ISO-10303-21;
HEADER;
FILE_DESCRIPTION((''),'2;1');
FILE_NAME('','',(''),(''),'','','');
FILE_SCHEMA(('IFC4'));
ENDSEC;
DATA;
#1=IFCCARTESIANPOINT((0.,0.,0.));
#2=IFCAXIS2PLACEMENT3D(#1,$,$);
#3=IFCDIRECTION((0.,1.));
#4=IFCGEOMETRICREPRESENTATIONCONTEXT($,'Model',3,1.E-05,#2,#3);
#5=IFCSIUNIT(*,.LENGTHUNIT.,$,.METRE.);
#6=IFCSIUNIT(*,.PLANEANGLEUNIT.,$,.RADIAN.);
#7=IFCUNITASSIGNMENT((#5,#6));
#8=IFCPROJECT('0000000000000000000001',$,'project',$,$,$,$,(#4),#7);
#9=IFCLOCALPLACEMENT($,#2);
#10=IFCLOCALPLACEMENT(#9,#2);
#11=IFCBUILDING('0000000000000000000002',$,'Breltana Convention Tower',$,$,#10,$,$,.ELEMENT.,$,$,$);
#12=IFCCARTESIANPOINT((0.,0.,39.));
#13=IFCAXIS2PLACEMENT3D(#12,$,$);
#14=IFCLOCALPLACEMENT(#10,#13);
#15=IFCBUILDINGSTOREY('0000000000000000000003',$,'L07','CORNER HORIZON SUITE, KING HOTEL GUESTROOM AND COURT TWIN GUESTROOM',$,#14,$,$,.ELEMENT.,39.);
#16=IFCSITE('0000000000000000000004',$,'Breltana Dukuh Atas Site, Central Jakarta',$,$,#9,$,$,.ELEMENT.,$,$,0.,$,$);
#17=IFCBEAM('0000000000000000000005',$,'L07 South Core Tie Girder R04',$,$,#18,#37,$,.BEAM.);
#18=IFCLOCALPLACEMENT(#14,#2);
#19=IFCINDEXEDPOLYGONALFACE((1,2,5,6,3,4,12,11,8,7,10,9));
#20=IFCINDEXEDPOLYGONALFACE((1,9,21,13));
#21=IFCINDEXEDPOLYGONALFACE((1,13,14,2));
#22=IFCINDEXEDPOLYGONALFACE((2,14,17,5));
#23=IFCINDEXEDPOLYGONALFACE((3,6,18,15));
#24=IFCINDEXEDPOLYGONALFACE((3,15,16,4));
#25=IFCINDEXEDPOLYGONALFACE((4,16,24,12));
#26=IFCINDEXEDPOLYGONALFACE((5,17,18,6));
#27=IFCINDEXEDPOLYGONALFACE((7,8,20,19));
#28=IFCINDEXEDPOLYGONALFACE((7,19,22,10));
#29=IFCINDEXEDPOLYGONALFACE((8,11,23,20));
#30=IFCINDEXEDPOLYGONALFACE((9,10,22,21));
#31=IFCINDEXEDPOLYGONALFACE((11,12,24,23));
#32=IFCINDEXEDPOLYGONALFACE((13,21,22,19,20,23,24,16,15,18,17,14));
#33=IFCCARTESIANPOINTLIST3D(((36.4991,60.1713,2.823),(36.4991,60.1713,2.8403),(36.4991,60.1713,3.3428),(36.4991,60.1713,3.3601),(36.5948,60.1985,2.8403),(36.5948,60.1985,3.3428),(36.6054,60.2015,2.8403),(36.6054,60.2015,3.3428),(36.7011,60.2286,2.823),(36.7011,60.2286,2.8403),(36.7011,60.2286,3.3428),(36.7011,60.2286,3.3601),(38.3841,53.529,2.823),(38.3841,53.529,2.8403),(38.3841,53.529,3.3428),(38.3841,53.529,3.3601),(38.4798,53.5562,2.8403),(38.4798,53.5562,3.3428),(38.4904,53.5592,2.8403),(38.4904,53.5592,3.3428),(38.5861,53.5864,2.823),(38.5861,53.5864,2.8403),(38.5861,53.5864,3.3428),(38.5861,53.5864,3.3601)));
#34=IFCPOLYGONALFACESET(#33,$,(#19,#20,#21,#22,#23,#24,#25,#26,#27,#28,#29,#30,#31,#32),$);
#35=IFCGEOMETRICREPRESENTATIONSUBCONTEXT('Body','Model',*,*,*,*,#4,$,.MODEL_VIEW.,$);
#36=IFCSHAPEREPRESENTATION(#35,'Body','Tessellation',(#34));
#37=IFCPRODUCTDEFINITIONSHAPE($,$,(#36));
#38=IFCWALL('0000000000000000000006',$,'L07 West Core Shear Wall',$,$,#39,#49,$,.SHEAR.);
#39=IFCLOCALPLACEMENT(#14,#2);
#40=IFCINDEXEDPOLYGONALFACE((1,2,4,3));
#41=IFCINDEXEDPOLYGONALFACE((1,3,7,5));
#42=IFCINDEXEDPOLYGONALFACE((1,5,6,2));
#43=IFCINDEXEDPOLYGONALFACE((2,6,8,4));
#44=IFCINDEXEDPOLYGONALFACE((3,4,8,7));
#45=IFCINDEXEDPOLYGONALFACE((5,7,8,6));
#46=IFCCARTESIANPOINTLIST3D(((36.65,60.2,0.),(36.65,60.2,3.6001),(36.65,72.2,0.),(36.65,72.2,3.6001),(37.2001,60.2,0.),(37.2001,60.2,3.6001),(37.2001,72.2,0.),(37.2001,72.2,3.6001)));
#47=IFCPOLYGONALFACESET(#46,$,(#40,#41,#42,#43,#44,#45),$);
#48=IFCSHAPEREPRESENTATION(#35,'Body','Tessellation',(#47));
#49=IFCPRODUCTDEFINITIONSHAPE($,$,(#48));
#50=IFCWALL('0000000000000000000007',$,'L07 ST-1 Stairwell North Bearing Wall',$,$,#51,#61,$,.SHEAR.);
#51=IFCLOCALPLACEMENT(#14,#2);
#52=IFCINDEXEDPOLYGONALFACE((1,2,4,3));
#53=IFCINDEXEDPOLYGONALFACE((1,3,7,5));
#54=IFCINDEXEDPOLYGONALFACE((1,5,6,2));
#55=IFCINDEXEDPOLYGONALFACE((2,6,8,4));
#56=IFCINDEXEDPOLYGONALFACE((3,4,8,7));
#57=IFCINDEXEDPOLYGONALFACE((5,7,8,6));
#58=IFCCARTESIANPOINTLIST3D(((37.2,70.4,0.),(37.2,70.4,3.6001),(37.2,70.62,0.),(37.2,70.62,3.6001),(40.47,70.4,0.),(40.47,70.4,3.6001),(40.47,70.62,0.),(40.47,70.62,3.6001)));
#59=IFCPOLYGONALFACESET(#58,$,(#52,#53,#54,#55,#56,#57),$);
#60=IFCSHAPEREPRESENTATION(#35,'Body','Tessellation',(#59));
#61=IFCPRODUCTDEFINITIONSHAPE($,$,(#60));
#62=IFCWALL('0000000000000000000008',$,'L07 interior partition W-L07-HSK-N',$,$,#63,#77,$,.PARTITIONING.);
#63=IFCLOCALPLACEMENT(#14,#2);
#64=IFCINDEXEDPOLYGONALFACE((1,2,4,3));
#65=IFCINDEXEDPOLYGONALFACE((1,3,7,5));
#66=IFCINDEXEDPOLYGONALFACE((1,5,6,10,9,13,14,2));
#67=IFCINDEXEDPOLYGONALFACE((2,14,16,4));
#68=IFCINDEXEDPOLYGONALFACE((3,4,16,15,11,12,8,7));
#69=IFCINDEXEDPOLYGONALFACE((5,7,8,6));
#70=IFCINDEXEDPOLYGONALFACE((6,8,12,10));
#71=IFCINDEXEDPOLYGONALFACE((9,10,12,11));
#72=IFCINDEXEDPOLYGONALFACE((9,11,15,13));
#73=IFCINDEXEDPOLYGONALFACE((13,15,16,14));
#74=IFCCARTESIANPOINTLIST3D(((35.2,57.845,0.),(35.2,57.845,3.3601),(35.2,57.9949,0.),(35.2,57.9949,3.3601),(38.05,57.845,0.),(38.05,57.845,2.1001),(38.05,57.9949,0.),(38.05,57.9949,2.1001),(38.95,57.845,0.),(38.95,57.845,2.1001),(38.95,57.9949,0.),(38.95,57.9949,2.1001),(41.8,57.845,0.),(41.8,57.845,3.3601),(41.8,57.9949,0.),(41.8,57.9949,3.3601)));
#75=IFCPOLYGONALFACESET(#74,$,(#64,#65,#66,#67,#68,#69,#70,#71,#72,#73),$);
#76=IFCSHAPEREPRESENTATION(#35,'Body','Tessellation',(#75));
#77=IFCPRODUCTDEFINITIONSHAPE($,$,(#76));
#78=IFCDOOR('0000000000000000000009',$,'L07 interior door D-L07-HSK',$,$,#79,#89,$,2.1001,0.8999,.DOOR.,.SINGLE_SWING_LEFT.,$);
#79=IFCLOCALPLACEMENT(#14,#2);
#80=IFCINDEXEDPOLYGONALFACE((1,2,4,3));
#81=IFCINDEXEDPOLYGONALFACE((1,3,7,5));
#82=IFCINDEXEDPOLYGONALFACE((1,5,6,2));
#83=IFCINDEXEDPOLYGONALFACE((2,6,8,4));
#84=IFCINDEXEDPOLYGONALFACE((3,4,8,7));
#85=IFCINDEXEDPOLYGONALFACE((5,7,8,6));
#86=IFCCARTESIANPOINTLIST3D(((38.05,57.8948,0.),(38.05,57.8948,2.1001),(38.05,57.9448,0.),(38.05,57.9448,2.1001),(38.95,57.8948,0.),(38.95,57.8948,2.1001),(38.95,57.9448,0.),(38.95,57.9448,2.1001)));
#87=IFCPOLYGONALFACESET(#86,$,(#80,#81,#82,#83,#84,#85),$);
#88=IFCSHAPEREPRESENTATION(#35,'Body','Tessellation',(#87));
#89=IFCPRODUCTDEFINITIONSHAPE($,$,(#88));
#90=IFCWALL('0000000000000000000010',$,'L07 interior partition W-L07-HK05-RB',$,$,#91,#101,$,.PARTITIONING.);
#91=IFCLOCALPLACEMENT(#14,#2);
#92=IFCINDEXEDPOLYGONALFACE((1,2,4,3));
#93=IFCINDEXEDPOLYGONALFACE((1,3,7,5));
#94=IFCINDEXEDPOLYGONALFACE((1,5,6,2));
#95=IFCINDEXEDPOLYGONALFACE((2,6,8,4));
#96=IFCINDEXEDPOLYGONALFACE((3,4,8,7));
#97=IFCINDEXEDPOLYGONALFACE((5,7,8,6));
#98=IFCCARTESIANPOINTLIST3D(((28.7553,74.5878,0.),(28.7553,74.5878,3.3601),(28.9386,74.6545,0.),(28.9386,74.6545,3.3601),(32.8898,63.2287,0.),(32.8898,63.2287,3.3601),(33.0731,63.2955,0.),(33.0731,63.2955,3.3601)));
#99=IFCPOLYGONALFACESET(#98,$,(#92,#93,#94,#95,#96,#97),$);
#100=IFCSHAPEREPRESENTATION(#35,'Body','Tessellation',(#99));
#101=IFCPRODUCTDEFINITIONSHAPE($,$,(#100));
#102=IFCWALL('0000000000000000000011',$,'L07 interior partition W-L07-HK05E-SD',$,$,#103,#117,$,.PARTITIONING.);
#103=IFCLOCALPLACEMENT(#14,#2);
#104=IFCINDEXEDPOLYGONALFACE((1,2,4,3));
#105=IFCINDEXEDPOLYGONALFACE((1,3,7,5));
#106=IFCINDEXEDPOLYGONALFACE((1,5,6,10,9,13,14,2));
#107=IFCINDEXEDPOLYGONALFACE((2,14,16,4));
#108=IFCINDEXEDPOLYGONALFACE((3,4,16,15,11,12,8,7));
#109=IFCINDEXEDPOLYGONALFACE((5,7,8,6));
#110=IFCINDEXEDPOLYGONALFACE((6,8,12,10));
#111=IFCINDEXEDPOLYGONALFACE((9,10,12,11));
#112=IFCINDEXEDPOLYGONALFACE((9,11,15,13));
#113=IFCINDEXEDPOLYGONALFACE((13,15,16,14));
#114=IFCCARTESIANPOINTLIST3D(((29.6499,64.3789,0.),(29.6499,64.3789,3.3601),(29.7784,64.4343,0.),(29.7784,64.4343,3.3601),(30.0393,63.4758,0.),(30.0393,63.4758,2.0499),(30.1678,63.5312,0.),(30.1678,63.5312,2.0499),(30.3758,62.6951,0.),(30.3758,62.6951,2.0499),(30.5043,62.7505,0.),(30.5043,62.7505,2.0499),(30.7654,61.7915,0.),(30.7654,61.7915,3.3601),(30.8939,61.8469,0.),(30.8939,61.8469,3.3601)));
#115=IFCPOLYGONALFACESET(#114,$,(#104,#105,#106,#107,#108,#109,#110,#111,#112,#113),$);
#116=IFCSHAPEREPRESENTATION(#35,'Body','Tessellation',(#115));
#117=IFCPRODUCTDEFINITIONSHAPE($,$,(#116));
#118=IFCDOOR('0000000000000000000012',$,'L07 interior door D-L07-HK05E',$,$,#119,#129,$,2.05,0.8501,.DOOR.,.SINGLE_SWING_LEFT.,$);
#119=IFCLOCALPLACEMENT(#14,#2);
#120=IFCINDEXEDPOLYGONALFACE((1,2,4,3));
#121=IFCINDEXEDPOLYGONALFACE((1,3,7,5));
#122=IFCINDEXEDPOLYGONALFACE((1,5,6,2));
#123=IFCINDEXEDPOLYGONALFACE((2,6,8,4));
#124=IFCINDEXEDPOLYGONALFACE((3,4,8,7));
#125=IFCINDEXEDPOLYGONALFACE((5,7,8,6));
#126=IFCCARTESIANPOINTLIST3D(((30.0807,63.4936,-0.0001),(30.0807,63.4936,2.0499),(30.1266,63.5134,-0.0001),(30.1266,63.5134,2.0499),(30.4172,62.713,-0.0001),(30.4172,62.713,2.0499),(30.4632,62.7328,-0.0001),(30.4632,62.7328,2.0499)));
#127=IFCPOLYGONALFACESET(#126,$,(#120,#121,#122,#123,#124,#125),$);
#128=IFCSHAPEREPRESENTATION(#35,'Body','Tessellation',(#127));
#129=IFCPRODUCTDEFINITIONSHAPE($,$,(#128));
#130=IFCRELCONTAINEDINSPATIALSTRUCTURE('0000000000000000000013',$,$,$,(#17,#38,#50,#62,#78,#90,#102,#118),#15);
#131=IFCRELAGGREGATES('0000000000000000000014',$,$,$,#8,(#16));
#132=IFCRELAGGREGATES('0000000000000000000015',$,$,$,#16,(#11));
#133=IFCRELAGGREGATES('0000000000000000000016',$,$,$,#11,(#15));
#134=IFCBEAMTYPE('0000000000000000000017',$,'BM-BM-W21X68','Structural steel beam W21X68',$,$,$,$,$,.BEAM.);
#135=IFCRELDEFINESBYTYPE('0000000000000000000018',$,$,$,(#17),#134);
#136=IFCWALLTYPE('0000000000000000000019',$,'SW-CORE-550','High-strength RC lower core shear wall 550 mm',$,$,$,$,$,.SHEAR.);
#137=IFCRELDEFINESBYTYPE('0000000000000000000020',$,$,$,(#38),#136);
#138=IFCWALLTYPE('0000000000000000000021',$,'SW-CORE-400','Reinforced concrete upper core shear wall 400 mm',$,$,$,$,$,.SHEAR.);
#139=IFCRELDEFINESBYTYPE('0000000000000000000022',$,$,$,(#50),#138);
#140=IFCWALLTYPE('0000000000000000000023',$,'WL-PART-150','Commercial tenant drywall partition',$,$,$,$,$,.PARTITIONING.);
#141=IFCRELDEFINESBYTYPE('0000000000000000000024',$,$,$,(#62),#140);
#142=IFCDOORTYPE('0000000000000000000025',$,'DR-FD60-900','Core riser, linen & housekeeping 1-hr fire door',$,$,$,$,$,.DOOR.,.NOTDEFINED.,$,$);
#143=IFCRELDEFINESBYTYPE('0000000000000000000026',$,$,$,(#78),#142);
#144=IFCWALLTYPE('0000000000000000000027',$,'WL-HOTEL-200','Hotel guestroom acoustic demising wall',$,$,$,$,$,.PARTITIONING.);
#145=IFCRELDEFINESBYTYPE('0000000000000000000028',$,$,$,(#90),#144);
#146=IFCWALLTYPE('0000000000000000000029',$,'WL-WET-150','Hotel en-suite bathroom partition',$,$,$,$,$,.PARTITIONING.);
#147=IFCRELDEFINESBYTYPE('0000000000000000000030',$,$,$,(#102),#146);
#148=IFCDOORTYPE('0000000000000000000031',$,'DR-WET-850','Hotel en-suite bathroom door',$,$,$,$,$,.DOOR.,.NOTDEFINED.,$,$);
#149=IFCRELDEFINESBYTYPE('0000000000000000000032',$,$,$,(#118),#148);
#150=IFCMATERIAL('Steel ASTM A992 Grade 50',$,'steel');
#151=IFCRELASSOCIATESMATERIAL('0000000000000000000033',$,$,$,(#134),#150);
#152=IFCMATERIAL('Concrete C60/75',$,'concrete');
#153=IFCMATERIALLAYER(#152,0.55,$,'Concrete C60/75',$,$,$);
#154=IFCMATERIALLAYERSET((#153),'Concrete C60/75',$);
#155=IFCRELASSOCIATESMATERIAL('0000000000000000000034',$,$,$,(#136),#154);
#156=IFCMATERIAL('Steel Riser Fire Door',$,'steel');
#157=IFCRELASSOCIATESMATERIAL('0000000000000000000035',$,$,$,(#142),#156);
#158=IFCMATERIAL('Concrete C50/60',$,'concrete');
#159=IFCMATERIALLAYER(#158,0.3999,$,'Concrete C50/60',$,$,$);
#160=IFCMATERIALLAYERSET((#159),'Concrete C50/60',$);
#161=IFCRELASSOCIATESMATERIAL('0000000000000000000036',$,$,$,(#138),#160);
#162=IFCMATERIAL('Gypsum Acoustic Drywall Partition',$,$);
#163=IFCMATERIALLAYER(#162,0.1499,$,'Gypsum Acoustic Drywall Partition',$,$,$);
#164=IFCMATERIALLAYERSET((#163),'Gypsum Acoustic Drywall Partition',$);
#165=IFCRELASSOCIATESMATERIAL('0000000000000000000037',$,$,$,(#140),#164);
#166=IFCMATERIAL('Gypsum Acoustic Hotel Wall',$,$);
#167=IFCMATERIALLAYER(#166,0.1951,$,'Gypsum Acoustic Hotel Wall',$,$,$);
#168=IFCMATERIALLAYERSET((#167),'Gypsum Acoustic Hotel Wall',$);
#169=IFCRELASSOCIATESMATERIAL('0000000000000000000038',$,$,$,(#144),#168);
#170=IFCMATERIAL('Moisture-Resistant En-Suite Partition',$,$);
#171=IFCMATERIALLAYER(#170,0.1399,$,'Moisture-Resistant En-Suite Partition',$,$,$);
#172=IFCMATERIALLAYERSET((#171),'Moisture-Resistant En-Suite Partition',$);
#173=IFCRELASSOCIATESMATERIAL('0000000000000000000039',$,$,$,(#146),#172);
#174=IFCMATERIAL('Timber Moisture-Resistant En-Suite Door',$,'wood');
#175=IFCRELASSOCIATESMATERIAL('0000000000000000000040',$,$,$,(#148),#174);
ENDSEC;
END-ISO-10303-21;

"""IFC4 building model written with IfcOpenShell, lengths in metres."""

from ifc_helpers import new_model, si_unit, direction, frame, frame_2d, origin, origin_2d, place, context, subcontext, project, spatial, rectangle, i_section, extrude, source, transform, mapped, material, layer, layer_set, material_profile, profile_set, type_object, type_shapes, element, fill, save


model = new_model("IFC4")

# Units and contexts
model_context = context("Model", 3, precision=1e-05, world=origin(), true_north=direction((0.0, 1.0)))
body_context = subcontext(model_context, "Body", "Model", "MODEL_VIEW")
ifc_project = project(units=[si_unit("LENGTHUNIT", "METRE"), si_unit("PLANEANGLEUNIT", "RADIAN")], contexts=[model_context])

# Site, building, storey
site_placement = place(None, origin())
site = spatial("IfcSite", under=ifc_project, at=site_placement, Name="Breltana Dukuh Atas Site, Central Jakarta", CompositionType="ELEMENT", RefElevation=0.0)
building_placement = place(site_placement, origin())
building = spatial("IfcBuilding", under=site, at=building_placement, Name="Breltana Convention Tower", CompositionType="ELEMENT")
storey_placement = place(building_placement, frame((0.0, 0.0, 39.0)))
storey = spatial("IfcBuildingStorey", under=building, at=storey_placement, Name="L07", Description="CORNER HORIZON SUITE, KING HOTEL GUESTROOM AND COURT TWIN GUESTROOM", CompositionType="ELEMENT", Elevation=39.0)

# Beam
ifc_material_1 = material(Name="Steel ASTM A992 Grade 50", Category="steel")
ifc_material_profile = material_profile(ifc_material_1, i_section(OverallWidth=0.21, OverallDepth=0.5371, WebThickness=0.011, FlangeThickness=0.0173, at=origin_2d()), Name="W21X68")
ifc_profile_set = profile_set([ifc_material_profile], Name="Steel ASTM A992 Grade 50")
beam_type = type_object("IfcBeamType", Name="BM-BM-W21X68", Description="Structural steel beam W21X68", PredefinedType="BEAM", material=ifc_profile_set)
shared_shape_1 = source(origin(), body_context, "Body", "SweptSolid", [
    extrude(i_section(OverallWidth=0.21, OverallDepth=0.5371, WebThickness=0.011, FlangeThickness=0.0173, at=origin_2d()), origin(), (0.0, 0.0, 1.0), 6.9045),
])
type_shapes(beam_type, [shared_shape_1])
beam_placement = place(storey_placement, frame((36.6001, 60.2, 3.0916), z_axis=(0.273007, -0.962012, 0.0), x_axis=(0.962012, 0.273007, 0.0)))
element("IfcBeam", 1, at=beam_placement, inside=storey, type_object=beam_type, Name="L07 South Core Tie Girder R04", PredefinedType="BEAM", context=body_context, shape_type="MappedRepresentation", body=[
    mapped(shared_shape_1, transform((0.0, 0.0, 0.0), scale=1.0)),
])

# Wall
ifc_material_2 = material(Name="Concrete C60/75", Category="concrete")
ifc_layer_1 = layer(ifc_material_2, 0.55, Name="Concrete C60/75")
ifc_layer_set_1 = layer_set([ifc_layer_1], Name="Concrete C60/75")
wall_type_1 = type_object("IfcWallType", Name="SW-CORE-550", Description="High-strength RC lower core shear wall 550 mm", PredefinedType="SHEAR", material=ifc_layer_set_1)
shared_shape_2 = source(origin(), body_context, "Body", "SweptSolid", [
    extrude(rectangle(XDim=12.0, YDim=0.55, at=frame_2d((6.0, 0.0))), origin(), (0.0, 0.0, 1.0), 3.6001),
])
wall_1_placement = place(storey_placement, frame((36.925, 60.2, 0.0), z_axis=(0.0, 0.0, 1.0), x_axis=(0.0, 1.0, 0.0)))
element("IfcWall", 2, at=wall_1_placement, inside=storey, type_object=wall_type_1, Name="L07 West Core Shear Wall", PredefinedType="SHEAR", context=body_context, shape_type="MappedRepresentation", body=[
    mapped(shared_shape_2, transform((0.0, 0.0, 0.0), scale=1.0)),
])

# Shared definitions
ifc_material_3 = material(Name="Steel Riser Fire Door", Category="steel")
door_type_1 = type_object("IfcDoorType", Name="DR-FD60-900", Description="Core riser, linen & housekeeping 1-hr fire door", OperationType="NOTDEFINED", PredefinedType="DOOR", material=ifc_material_3)
shared_shape_3 = source(origin(), body_context, "Body", "SweptSolid", [
    extrude(rectangle(XDim=0.8999, YDim=2.1001, at=frame_2d((0.45, 1.05))), frame((0.0, 0.0249, 0.0), z_axis=(0.0, -1.0, 0.0), x_axis=(1.0, 0.0, 0.0)), (0.0, 0.0, 1.0), 0.05),
])
type_shapes(door_type_1, [shared_shape_3])

# Wall
ifc_material_4 = material(Name="Concrete C50/60", Category="concrete")
ifc_layer_2 = layer(ifc_material_4, 0.3999, Name="Concrete C50/60")
ifc_layer_set_2 = layer_set([ifc_layer_2], Name="Concrete C50/60")
wall_type_2 = type_object("IfcWallType", Name="SW-CORE-400", Description="Reinforced concrete upper core shear wall 400 mm", PredefinedType="SHEAR", material=ifc_layer_set_2)
shared_shape_4 = source(origin(), body_context, "Body", "SweptSolid", [
    extrude(rectangle(XDim=3.27, YDim=0.22, at=frame_2d((1.635, 0.0))), origin(), (0.0, 0.0, 1.0), 3.6001),
])
wall_2_placement = place(storey_placement, frame((37.2, 70.51, 0.0), z_axis=(0.0, 0.0, 1.0), x_axis=(1.0, 0.0, 0.0)))
element("IfcWall", 3, at=wall_2_placement, inside=storey, type_object=wall_type_2, Name="L07 ST-1 Stairwell North Bearing Wall", PredefinedType="SHEAR", context=body_context, shape_type="MappedRepresentation", body=[
    mapped(shared_shape_4, transform((0.0, 0.0, 0.0), scale=1.0)),
])

# Wall, opening, door
ifc_material_5 = material(Name="Gypsum Acoustic Drywall Partition")
ifc_layer_3 = layer(ifc_material_5, 0.1499, Name="Gypsum Acoustic Drywall Partition")
ifc_layer_set_3 = layer_set([ifc_layer_3], Name="Gypsum Acoustic Drywall Partition")
wall_type_3 = type_object("IfcWallType", Name="WL-PART-150", Description="Commercial tenant drywall partition", PredefinedType="PARTITIONING", material=ifc_layer_set_3)
shared_shape_5 = source(origin(), body_context, "Body", "SweptSolid", [
    extrude(rectangle(XDim=6.6001, YDim=0.1499, at=frame_2d((3.3, 0.0))), origin(), (0.0, 0.0, 1.0), 3.3601),
])
wall_3_placement = place(storey_placement, frame((35.2, 57.9199, 0.0), z_axis=(0.0, 0.0, 1.0), x_axis=(1.0, 0.0, 0.0)))
wall_3 = element("IfcWall", 4, at=wall_3_placement, inside=storey, type_object=wall_type_3, Name="L07 interior partition W-L07-HSK-N", PredefinedType="PARTITIONING", context=body_context, shape_type="MappedRepresentation", body=[
    mapped(shared_shape_5, transform((0.0, 0.0, 0.0), scale=1.0)),
])
opening_1_placement = place(wall_3_placement, frame((2.8501, 0.0, 0.0)))
opening_1 = element("IfcOpeningElement", 5, at=opening_1_placement, cuts=wall_3, PredefinedType="OPENING", context=body_context, shape_type="SweptSolid", body=[
    extrude(rectangle(XDim=0.8999, YDim=2.1001, at=frame_2d((0.45, 1.05))), frame((0.0, 0.085, 0.0), z_axis=(0.0, -1.0, 0.0), x_axis=(1.0, 0.0, 0.0)), (0.0, 0.0, 1.0), 0.1699),
])
door_1_placement = place(opening_1_placement, origin())
door_1 = element("IfcDoor", 6, at=door_1_placement, inside=storey, type_object=door_type_1, Name="L07 interior door D-L07-HSK", OperationType="SINGLE_SWING_LEFT", OverallHeight=2.1001, OverallWidth=0.8999, PredefinedType="DOOR", context=body_context, shape_type="MappedRepresentation", body=[
    mapped(shared_shape_3, transform((0.0, 0.0, 0.0), scale=1.0)),
])
fill(opening_1, door_1)

# Wall
ifc_material_6 = material(Name="Gypsum Acoustic Hotel Wall")
ifc_layer_4 = layer(ifc_material_6, 0.1951, Name="Gypsum Acoustic Hotel Wall")
ifc_layer_set_4 = layer_set([ifc_layer_4], Name="Gypsum Acoustic Hotel Wall")
wall_type_4 = type_object("IfcWallType", Name="WL-HOTEL-200", Description="Hotel guestroom acoustic demising wall", PredefinedType="PARTITIONING", material=ifc_layer_set_4)
shared_shape_6 = source(origin(), body_context, "Body", "SweptSolid", [
    extrude(rectangle(XDim=12.0881, YDim=0.1951, at=frame_2d((6.0439, 0.0))), origin(), (0.0, 0.0, 1.0), 3.3601),
])
wall_4_placement = place(storey_placement, frame((32.9814, 63.2622, 0.0), z_axis=(0.0, 0.0, 1.0), x_axis=(-0.34203, 0.939689, 0.0)))
element("IfcWall", 7, at=wall_4_placement, inside=storey, type_object=wall_type_4, Name="L07 interior partition W-L07-HK05-RB", PredefinedType="PARTITIONING", context=body_context, shape_type="MappedRepresentation", body=[
    mapped(shared_shape_6, transform((0.0, 0.0, 0.0), scale=1.0)),
])

# Wall, opening, door
ifc_material_7 = material(Name="Moisture-Resistant En-Suite Partition")
ifc_layer_5 = layer(ifc_material_7, 0.1399, Name="Moisture-Resistant En-Suite Partition")
ifc_layer_set_5 = layer_set([ifc_layer_5], Name="Moisture-Resistant En-Suite Partition")
wall_type_5 = type_object("IfcWallType", Name="WL-WET-150", Description="Hotel en-suite bathroom partition", PredefinedType="PARTITIONING", material=ifc_layer_set_5)
shared_shape_7 = source(origin(), body_context, "Body", "SweptSolid", [
    extrude(rectangle(XDim=2.8176, YDim=0.1399, at=frame_2d((1.4087, 0.0))), origin(), (0.0, 0.0, 1.0), 3.3601),
])
wall_5_placement = place(storey_placement, frame((30.8296, 61.8193, 0.0), z_axis=(0.0, 0.0, 1.0), x_axis=(-0.395895, 0.918296, 0.0)))
wall_5 = element("IfcWall", 8, at=wall_5_placement, inside=storey, type_object=wall_type_5, Name="L07 interior partition W-L07-HK05E-SD", PredefinedType="PARTITIONING", context=body_context, shape_type="MappedRepresentation", body=[
    mapped(shared_shape_7, transform((0.0, 0.0, 0.0), scale=1.0)),
])
opening_2_placement = place(wall_5_placement, frame((0.9839, 0.0, 0.0)))
opening_2 = element("IfcOpeningElement", 9, at=opening_2_placement, cuts=wall_5, PredefinedType="OPENING", context=body_context, shape_type="SweptSolid", body=[
    extrude(rectangle(XDim=0.8501, YDim=2.05, at=frame_2d((0.425, 1.0249))), frame((0.0, 0.0801, 0.0), z_axis=(0.0, -1.0, 0.0), x_axis=(1.0, 0.0, 0.0)), (0.0, 0.0, 1.0), 0.1599),
])
ifc_material_8 = material(Name="Timber Moisture-Resistant En-Suite Door", Category="wood")
door_type_2 = type_object("IfcDoorType", Name="DR-WET-850", Description="Hotel en-suite bathroom door", OperationType="NOTDEFINED", PredefinedType="DOOR", material=ifc_material_8)
shared_shape_8 = source(origin(), body_context, "Body", "SweptSolid", [
    extrude(rectangle(XDim=0.8501, YDim=2.05, at=frame_2d((0.425, 1.0249))), frame((0.0, 0.0249, 0.0), z_axis=(0.0, -1.0, 0.0), x_axis=(1.0, 0.0, 0.0)), (0.0, 0.0, 1.0), 0.05),
])
type_shapes(door_type_2, [shared_shape_8])
door_2_placement = place(opening_2_placement, origin())
door_2 = element("IfcDoor", 10, at=door_2_placement, inside=storey, type_object=door_type_2, Name="L07 interior door D-L07-HK05E", OperationType="SINGLE_SWING_LEFT", OverallHeight=2.05, OverallWidth=0.8501, PredefinedType="DOOR", context=body_context, shape_type="MappedRepresentation", body=[
    mapped(shared_shape_8, transform((0.0, 0.0, 0.0), scale=1.0)),
])
fill(opening_2, door_2)

save(model, "model.ifc")
